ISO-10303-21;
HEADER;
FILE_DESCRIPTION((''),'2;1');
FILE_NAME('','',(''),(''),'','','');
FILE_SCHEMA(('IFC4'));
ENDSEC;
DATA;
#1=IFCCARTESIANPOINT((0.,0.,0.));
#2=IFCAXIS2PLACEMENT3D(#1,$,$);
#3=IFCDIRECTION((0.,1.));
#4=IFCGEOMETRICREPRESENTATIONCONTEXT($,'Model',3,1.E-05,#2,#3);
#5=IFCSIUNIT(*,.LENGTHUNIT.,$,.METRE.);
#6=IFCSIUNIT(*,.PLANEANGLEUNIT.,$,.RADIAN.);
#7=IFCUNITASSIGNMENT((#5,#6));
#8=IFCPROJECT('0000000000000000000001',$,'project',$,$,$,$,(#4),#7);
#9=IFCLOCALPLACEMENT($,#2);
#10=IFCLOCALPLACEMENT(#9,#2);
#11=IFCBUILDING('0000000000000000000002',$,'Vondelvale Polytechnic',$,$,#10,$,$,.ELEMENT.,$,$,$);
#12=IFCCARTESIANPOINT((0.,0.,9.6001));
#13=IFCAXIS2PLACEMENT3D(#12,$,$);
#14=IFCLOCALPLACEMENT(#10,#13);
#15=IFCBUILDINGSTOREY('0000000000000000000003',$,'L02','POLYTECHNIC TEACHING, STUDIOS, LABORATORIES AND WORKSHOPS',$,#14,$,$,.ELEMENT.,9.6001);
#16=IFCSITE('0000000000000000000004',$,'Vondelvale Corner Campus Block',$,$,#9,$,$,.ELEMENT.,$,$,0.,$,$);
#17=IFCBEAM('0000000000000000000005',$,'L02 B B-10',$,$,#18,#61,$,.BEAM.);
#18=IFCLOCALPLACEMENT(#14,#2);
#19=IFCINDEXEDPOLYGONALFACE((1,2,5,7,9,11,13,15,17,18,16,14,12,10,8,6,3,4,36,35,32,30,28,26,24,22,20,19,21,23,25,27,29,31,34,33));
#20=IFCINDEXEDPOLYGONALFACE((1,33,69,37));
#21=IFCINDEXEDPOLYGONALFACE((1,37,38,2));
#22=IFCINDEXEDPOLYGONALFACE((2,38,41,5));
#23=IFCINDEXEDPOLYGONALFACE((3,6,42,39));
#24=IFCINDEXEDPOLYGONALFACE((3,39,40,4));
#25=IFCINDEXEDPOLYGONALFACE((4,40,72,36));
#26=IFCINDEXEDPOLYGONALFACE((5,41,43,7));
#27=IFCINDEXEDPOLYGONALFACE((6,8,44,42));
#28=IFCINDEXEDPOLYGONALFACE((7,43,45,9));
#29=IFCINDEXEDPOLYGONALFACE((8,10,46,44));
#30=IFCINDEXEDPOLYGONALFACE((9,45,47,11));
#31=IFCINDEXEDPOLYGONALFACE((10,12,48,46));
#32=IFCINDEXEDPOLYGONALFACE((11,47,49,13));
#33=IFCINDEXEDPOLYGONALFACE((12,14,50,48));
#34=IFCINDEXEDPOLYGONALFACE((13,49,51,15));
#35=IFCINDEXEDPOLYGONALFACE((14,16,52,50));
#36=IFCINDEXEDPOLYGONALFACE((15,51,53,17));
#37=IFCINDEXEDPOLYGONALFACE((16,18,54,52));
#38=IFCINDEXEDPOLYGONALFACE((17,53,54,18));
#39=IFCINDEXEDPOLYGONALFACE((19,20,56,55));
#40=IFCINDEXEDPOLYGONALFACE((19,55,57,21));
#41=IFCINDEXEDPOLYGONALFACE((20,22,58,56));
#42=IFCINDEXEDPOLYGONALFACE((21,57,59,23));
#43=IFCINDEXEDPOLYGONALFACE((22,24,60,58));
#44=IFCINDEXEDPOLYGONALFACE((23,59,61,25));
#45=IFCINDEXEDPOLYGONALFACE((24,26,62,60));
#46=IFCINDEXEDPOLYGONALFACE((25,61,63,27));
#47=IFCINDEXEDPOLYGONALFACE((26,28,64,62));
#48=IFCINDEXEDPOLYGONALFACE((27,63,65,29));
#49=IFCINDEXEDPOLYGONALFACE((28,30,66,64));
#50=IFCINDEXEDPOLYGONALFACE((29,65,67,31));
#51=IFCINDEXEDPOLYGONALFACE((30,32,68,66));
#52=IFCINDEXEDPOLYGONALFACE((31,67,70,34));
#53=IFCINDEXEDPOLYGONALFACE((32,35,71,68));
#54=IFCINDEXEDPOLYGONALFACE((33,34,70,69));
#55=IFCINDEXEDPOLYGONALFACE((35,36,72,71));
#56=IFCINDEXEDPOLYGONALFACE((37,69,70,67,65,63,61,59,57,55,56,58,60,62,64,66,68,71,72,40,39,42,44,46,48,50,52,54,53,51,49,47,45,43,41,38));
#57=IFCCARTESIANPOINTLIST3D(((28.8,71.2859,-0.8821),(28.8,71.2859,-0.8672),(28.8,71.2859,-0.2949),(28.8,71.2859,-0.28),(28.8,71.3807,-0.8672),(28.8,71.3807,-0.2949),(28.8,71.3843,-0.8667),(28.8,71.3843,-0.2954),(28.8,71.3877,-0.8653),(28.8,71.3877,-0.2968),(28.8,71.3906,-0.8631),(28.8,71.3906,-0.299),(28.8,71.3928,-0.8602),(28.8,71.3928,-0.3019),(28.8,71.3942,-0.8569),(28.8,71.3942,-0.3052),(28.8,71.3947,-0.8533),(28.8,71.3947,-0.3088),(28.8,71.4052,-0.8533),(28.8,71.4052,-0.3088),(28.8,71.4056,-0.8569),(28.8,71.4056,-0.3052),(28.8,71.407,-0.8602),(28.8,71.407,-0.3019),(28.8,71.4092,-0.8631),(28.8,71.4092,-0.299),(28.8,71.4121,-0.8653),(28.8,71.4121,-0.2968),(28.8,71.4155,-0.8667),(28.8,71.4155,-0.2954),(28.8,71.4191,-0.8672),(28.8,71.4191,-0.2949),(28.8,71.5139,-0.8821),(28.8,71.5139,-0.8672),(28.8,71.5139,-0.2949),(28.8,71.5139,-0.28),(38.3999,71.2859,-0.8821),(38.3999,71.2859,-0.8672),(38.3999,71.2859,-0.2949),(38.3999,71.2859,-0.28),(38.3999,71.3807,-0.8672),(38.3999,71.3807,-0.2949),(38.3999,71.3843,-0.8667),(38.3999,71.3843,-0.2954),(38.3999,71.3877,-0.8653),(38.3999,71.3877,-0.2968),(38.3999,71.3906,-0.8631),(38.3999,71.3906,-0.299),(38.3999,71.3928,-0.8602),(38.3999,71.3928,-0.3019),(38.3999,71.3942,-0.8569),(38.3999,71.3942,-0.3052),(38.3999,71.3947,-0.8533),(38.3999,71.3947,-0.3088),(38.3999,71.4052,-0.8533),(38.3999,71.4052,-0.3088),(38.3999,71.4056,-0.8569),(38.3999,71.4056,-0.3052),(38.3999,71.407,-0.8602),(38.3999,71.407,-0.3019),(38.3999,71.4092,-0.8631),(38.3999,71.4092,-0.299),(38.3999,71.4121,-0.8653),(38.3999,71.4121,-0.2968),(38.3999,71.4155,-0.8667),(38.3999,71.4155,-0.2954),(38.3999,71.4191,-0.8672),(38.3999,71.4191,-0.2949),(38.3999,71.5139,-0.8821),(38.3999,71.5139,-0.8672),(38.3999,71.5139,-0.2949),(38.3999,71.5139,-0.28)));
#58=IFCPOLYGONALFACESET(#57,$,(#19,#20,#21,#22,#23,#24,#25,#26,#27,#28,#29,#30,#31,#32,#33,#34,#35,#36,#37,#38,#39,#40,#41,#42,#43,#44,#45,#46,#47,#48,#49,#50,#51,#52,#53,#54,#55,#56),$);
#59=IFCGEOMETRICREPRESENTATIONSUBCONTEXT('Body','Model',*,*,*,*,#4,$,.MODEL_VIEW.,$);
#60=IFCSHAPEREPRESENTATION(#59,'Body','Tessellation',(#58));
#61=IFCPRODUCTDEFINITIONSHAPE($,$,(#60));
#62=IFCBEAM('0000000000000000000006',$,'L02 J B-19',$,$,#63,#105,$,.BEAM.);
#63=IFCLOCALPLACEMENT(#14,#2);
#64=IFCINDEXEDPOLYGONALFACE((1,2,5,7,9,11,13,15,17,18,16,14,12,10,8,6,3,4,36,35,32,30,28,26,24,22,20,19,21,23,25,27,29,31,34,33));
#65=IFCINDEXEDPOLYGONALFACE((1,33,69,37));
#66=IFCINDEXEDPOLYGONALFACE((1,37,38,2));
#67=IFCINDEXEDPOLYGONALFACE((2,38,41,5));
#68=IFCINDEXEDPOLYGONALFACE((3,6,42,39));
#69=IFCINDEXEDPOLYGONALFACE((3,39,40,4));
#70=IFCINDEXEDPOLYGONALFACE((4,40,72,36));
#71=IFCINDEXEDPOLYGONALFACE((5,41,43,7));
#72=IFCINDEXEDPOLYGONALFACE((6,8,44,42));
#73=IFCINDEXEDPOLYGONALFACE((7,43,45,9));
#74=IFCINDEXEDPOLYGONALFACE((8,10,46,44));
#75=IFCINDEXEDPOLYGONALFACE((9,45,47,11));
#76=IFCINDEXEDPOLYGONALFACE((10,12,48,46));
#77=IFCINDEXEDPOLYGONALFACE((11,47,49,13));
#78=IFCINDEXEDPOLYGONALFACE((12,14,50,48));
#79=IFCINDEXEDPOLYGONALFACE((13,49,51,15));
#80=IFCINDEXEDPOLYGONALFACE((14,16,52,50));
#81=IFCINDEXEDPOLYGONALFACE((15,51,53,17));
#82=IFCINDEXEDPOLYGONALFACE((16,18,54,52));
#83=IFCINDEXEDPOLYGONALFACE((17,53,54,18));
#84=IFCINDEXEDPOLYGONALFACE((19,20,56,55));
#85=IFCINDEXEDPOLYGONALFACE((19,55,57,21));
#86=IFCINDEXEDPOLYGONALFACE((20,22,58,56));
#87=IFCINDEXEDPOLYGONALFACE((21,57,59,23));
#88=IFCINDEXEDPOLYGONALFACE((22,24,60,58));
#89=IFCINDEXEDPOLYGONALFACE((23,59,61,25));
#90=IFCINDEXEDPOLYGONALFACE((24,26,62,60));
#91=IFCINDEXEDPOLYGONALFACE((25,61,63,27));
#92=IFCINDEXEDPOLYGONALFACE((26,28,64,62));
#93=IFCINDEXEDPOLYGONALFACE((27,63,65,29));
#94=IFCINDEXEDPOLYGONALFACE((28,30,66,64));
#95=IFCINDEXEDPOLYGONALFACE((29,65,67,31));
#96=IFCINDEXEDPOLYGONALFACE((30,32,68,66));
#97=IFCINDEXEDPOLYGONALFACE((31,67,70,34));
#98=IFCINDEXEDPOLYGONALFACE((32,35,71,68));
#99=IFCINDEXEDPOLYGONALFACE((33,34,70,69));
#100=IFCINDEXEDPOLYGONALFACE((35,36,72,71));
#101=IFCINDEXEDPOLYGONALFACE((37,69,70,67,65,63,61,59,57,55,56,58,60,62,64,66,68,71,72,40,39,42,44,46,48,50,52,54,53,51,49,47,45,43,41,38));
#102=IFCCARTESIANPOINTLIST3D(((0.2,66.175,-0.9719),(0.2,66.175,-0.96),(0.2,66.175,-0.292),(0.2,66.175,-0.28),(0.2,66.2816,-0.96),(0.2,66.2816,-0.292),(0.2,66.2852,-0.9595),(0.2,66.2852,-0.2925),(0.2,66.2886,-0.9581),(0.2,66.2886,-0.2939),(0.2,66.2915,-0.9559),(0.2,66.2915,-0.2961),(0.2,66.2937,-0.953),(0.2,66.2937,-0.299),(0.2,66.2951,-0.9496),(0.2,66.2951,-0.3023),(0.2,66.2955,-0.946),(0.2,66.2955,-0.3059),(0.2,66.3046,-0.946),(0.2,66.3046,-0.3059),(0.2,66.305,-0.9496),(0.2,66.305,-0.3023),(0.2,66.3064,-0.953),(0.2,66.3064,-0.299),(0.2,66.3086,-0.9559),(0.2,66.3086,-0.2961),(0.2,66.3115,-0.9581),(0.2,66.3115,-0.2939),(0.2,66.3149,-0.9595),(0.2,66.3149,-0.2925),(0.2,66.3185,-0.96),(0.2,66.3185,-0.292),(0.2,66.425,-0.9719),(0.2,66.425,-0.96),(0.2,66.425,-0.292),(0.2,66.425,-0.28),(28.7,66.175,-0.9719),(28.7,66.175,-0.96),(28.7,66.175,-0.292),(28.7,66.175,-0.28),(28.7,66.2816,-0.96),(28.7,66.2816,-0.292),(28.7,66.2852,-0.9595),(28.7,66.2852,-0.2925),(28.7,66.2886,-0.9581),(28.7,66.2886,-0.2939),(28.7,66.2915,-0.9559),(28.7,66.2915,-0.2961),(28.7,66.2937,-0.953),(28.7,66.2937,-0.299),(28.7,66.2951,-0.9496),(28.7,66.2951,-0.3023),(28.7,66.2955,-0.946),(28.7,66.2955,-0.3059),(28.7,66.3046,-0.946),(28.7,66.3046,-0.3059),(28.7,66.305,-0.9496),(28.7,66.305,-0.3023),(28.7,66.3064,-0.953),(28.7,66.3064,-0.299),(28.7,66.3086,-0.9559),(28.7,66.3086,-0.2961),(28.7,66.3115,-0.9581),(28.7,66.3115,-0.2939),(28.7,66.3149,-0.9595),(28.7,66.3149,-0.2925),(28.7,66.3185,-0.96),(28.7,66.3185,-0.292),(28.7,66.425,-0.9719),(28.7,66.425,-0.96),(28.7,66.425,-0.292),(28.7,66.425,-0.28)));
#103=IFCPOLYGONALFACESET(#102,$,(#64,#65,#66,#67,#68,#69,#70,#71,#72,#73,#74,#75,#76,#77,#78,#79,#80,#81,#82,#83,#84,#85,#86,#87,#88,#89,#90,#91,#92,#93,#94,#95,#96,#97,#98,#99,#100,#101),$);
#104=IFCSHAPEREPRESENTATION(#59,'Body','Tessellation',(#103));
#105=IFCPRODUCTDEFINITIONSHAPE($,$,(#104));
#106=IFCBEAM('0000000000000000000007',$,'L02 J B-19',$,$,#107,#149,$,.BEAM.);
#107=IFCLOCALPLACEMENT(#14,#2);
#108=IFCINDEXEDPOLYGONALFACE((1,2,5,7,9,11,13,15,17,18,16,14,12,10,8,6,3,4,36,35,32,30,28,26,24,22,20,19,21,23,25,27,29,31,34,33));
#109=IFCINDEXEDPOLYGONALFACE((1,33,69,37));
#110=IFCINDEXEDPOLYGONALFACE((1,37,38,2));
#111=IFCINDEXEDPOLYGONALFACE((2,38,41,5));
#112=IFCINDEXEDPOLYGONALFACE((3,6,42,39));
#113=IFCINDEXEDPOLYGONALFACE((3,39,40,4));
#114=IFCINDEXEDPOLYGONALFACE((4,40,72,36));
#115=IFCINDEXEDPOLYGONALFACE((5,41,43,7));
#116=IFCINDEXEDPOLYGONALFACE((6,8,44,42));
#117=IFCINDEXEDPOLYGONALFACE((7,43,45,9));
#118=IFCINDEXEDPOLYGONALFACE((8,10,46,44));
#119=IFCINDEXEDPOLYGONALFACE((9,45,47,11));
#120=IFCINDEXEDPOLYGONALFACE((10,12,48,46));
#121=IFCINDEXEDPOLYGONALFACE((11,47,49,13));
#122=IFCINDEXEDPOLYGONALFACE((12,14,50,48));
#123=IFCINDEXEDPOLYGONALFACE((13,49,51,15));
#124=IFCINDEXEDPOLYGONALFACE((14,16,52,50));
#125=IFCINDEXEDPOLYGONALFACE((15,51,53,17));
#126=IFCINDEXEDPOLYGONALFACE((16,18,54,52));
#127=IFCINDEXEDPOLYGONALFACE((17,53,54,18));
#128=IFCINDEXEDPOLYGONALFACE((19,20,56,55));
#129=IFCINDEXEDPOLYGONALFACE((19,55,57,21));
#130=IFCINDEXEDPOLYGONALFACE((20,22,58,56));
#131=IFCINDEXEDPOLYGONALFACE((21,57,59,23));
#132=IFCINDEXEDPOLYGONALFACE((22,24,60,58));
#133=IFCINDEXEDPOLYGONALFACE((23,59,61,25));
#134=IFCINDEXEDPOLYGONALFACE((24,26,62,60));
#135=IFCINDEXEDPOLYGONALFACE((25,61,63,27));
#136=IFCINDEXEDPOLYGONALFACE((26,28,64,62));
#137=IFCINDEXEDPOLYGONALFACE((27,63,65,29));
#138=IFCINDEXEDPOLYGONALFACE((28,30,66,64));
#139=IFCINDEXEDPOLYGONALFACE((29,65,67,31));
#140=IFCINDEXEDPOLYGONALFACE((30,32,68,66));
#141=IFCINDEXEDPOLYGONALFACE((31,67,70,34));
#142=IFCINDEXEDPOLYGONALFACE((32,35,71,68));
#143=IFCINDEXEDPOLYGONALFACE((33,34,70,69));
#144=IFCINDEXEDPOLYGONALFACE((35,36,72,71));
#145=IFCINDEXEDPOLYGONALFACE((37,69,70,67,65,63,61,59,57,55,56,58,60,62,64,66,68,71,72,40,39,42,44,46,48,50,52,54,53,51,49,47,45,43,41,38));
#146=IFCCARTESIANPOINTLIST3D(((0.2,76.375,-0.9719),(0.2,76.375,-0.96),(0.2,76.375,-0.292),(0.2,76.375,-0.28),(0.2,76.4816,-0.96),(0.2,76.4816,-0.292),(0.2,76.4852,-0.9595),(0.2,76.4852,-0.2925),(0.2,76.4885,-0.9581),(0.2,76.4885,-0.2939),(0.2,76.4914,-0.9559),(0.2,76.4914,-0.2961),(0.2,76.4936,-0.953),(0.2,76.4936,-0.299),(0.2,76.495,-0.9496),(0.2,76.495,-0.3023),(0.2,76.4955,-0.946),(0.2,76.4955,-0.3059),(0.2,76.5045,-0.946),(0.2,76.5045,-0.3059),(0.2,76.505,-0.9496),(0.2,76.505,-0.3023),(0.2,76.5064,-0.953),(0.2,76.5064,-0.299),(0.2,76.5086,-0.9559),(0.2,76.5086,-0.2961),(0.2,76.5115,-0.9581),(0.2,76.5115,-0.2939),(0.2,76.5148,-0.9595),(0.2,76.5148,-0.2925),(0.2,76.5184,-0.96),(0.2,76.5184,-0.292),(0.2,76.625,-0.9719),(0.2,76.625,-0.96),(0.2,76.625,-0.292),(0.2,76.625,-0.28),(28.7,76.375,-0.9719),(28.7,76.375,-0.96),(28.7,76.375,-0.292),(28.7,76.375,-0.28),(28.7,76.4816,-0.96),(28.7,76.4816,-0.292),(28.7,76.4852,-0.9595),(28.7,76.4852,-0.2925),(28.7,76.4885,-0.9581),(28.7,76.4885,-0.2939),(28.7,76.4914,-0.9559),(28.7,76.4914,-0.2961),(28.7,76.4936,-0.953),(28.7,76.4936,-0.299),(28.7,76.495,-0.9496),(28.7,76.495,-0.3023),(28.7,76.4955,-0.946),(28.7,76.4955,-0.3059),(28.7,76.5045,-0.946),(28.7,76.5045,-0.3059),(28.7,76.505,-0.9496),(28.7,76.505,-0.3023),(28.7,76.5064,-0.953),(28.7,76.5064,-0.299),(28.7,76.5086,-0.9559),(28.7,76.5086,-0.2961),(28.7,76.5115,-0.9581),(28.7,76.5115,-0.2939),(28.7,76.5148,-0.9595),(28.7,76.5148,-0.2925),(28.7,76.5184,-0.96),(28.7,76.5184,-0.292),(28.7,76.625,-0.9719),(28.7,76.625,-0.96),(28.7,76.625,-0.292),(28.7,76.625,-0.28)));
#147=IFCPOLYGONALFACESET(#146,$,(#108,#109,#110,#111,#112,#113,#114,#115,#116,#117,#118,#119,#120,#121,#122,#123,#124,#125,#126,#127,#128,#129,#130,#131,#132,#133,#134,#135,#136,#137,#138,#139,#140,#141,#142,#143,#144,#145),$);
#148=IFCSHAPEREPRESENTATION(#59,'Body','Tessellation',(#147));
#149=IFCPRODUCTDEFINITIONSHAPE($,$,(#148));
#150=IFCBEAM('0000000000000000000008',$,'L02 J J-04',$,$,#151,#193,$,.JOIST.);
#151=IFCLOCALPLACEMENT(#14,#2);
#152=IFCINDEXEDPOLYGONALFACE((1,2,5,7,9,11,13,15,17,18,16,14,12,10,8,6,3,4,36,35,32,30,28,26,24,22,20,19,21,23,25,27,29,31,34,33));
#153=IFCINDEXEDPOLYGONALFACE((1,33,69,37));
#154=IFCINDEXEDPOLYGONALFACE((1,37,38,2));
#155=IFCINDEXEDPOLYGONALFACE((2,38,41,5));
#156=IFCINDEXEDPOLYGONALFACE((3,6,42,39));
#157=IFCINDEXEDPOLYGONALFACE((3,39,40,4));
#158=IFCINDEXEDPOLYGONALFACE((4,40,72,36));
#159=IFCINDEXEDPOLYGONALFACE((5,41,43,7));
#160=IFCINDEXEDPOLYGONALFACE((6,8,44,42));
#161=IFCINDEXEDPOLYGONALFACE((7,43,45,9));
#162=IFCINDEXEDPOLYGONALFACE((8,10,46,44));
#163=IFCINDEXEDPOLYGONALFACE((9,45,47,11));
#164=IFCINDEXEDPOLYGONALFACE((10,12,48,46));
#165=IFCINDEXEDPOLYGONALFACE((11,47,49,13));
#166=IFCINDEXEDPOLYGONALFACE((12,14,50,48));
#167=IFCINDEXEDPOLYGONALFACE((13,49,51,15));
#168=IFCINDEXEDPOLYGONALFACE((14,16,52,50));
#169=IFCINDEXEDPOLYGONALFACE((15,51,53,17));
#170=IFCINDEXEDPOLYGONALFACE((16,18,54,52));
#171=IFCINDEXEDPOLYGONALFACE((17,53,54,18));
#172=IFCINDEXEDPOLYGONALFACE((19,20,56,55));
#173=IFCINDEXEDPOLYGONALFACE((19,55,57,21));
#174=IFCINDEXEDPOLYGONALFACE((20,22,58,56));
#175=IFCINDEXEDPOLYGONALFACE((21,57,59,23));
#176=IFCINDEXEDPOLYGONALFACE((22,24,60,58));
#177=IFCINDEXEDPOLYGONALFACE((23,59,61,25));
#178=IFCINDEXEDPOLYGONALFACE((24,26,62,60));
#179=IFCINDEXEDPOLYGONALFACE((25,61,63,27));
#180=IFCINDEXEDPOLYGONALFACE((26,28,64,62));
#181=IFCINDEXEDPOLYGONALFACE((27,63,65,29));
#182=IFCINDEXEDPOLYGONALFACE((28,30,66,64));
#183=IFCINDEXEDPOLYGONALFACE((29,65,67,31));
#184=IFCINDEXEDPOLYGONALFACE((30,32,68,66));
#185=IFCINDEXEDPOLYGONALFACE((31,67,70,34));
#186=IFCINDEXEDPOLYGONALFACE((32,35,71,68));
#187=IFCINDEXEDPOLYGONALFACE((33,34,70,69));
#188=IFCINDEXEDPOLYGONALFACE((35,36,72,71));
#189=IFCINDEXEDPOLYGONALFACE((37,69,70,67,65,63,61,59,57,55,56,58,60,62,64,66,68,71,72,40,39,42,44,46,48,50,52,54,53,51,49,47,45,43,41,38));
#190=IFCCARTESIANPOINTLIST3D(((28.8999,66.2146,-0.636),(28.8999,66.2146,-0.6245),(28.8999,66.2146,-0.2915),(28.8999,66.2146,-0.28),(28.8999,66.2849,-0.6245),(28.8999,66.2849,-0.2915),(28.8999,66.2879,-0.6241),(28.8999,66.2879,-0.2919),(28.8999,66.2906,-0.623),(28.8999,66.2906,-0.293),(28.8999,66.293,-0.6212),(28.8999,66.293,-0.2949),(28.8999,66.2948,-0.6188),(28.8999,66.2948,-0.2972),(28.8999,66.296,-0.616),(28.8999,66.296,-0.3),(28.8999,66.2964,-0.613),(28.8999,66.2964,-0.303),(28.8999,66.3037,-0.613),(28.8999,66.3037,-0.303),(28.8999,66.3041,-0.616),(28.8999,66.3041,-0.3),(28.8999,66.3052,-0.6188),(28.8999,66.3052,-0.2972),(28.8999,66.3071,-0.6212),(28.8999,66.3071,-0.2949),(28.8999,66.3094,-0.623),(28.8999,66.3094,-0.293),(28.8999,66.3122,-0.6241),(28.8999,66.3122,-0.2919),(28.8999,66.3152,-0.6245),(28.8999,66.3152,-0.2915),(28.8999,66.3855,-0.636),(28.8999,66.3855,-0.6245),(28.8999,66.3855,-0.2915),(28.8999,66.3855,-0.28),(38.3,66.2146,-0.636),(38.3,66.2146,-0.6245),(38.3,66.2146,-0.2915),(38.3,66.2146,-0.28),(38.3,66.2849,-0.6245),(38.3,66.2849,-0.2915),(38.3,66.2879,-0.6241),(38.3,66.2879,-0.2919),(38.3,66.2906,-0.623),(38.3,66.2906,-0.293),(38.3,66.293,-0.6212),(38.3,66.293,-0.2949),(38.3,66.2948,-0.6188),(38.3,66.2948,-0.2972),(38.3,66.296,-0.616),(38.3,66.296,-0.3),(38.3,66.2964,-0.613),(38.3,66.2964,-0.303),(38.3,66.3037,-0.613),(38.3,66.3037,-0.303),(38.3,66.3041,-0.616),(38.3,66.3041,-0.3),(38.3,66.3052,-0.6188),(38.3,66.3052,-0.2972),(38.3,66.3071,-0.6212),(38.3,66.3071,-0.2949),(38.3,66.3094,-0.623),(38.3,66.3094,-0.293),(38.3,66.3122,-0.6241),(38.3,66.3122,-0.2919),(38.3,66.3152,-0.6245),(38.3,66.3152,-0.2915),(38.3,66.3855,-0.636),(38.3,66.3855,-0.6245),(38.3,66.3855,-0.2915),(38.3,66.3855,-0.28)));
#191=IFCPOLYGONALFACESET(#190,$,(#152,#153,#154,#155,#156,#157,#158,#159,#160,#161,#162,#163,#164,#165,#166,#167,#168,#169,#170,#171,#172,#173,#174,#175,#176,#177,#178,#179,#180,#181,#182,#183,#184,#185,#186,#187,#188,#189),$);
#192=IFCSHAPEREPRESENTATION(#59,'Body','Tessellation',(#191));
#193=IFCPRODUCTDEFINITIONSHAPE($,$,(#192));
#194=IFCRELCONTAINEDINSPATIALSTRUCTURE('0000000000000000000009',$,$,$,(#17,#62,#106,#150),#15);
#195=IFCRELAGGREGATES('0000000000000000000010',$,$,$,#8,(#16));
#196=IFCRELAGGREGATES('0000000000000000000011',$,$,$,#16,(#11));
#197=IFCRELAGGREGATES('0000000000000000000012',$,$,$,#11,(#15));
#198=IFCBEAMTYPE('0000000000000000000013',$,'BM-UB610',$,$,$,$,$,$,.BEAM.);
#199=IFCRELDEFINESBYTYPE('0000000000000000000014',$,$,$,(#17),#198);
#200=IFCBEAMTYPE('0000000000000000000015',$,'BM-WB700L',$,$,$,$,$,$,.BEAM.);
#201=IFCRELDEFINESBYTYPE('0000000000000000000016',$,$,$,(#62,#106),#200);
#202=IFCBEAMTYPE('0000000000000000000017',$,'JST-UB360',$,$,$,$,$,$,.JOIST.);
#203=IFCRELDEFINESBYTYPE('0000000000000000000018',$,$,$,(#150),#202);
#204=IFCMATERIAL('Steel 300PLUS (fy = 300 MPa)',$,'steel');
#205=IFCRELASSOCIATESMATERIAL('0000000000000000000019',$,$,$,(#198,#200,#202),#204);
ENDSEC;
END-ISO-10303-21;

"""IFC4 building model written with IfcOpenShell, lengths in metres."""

from ifc_helpers import new_model, si_unit, direction, frame, origin, origin_2d, place, context, subcontext, project, spatial, i_section, extrude, material, material_profile, profile_set, type_object, element, save


model = new_model("IFC4")

# Units and contexts
model_context = context("Model", 3, precision=1e-05, world=origin(), true_north=direction((0.0, 1.0)))
body_context = subcontext(model_context, "Body", "Model", "MODEL_VIEW")
ifc_project = project(units=[si_unit("LENGTHUNIT", "METRE"), si_unit("PLANEANGLEUNIT", "RADIAN")], contexts=[model_context])

# Site, building, storey
site_placement = place(None, origin())
site = spatial("IfcSite", under=ifc_project, at=site_placement, Name="Vondelvale Corner Campus Block", CompositionType="ELEMENT", RefElevation=0.0)
building_placement = place(site_placement, origin())
building = spatial("IfcBuilding", under=site, at=building_placement, Name="Vondelvale Polytechnic", CompositionType="ELEMENT")
storey_placement = place(building_placement, frame((0.0, 0.0, 9.6001)))
storey = spatial("IfcBuildingStorey", under=building, at=storey_placement, Name="L02", Description="POLYTECHNIC TEACHING, STUDIOS, LABORATORIES AND WORKSHOPS", CompositionType="ELEMENT", Elevation=9.6001)

# Shared definitions
ifc_material_1 = material(Name="Steel 300PLUS (fy = 300 MPa)", Category="steel")

# Beams
ifc_material_profile_1 = material_profile(ifc_material_1, i_section(OverallWidth=0.228, OverallDepth=0.6021, WebThickness=0.0105, FlangeThickness=0.0149, FilletRadius=0.0139, at=origin_2d()), Name="610UB101")
ifc_profile_set_1 = profile_set([ifc_material_profile_1], Name="Steel 300PLUS (fy = 300 MPa)")
beam_type_1 = type_object("IfcBeamType", Name="BM-UB610", PredefinedType="BEAM", material=ifc_profile_set_1)
for number, where, z_axis, x_axis, name in (
    (1, (28.8, 71.3999, -0.5811), (1.0, 0.0, 0.0), (0.0, 1.0, 0.0), "L02 B B-10"),
):
    element("IfcBeam", number, at=place(storey_placement, frame(where, z_axis=z_axis, x_axis=x_axis)), inside=storey, type_object=beam_type_1, Name=name, PredefinedType="BEAM", context=body_context, shape_type="SweptSolid", body=[
        extrude(i_section(OverallWidth=0.228, OverallDepth=0.6021, WebThickness=0.0105, FlangeThickness=0.0149, FilletRadius=0.0139, at=origin_2d()), origin(), (0.0, 0.0, 1.0), 9.5999),
    ])
ifc_material_profile_2 = material_profile(ifc_material_1, i_section(OverallWidth=0.25, OverallDepth=0.6919, WebThickness=0.009, FlangeThickness=0.012, FilletRadius=0.0139, at=origin_2d()), Name="700WB115")
ifc_profile_set_2 = profile_set([ifc_material_profile_2], Name="Steel 300PLUS (fy = 300 MPa)")
beam_type_2 = type_object("IfcBeamType", Name="BM-WB700L", PredefinedType="BEAM", material=ifc_profile_set_2)
for number, where, z_axis, x_axis, name in (
    (2, (0.2, 66.3, -0.626), (1.0, 0.0, 0.0), (0.0, 1.0, 0.0), "L02 J B-19"),
    (3, (0.2, 76.5, -0.626), (1.0, 0.0, 0.0), (0.0, 1.0, 0.0), "L02 J B-19"),
):
    element("IfcBeam", number, at=place(storey_placement, frame(where, z_axis=z_axis, x_axis=x_axis)), inside=storey, type_object=beam_type_2, Name=name, PredefinedType="BEAM", context=body_context, shape_type="SweptSolid", body=[
        extrude(i_section(OverallWidth=0.25, OverallDepth=0.6919, WebThickness=0.009, FlangeThickness=0.012, FilletRadius=0.0139, at=origin_2d()), origin(), (0.0, 0.0, 1.0), 28.5),
    ])
ifc_material_profile_3 = material_profile(ifc_material_1, i_section(OverallWidth=0.1709, OverallDepth=0.356, WebThickness=0.0073, FlangeThickness=0.0115, FilletRadius=0.0115, at=origin_2d()), Name="360UB50.7")
ifc_profile_set_3 = profile_set([ifc_material_profile_3], Name="Steel 300PLUS (fy = 300 MPa)")
beam_type_3 = type_object("IfcBeamType", Name="JST-UB360", PredefinedType="JOIST", material=ifc_profile_set_3)
for number, where, z_axis, x_axis, name in (
    (4, (28.8999, 66.3, -0.458), (1.0, 0.0, 0.0), (0.0, 1.0, 0.0), "L02 J J-04"),
):
    element("IfcBeam", number, at=place(storey_placement, frame(where, z_axis=z_axis, x_axis=x_axis)), inside=storey, type_object=beam_type_3, Name=name, PredefinedType="JOIST", context=body_context, shape_type="SweptSolid", body=[
        extrude(i_section(OverallWidth=0.1709, OverallDepth=0.356, WebThickness=0.0073, FlangeThickness=0.0115, FilletRadius=0.0115, at=origin_2d()), origin(), (0.0, 0.0, 1.0), 9.4001),
    ])

save(model, "model.ifc")
